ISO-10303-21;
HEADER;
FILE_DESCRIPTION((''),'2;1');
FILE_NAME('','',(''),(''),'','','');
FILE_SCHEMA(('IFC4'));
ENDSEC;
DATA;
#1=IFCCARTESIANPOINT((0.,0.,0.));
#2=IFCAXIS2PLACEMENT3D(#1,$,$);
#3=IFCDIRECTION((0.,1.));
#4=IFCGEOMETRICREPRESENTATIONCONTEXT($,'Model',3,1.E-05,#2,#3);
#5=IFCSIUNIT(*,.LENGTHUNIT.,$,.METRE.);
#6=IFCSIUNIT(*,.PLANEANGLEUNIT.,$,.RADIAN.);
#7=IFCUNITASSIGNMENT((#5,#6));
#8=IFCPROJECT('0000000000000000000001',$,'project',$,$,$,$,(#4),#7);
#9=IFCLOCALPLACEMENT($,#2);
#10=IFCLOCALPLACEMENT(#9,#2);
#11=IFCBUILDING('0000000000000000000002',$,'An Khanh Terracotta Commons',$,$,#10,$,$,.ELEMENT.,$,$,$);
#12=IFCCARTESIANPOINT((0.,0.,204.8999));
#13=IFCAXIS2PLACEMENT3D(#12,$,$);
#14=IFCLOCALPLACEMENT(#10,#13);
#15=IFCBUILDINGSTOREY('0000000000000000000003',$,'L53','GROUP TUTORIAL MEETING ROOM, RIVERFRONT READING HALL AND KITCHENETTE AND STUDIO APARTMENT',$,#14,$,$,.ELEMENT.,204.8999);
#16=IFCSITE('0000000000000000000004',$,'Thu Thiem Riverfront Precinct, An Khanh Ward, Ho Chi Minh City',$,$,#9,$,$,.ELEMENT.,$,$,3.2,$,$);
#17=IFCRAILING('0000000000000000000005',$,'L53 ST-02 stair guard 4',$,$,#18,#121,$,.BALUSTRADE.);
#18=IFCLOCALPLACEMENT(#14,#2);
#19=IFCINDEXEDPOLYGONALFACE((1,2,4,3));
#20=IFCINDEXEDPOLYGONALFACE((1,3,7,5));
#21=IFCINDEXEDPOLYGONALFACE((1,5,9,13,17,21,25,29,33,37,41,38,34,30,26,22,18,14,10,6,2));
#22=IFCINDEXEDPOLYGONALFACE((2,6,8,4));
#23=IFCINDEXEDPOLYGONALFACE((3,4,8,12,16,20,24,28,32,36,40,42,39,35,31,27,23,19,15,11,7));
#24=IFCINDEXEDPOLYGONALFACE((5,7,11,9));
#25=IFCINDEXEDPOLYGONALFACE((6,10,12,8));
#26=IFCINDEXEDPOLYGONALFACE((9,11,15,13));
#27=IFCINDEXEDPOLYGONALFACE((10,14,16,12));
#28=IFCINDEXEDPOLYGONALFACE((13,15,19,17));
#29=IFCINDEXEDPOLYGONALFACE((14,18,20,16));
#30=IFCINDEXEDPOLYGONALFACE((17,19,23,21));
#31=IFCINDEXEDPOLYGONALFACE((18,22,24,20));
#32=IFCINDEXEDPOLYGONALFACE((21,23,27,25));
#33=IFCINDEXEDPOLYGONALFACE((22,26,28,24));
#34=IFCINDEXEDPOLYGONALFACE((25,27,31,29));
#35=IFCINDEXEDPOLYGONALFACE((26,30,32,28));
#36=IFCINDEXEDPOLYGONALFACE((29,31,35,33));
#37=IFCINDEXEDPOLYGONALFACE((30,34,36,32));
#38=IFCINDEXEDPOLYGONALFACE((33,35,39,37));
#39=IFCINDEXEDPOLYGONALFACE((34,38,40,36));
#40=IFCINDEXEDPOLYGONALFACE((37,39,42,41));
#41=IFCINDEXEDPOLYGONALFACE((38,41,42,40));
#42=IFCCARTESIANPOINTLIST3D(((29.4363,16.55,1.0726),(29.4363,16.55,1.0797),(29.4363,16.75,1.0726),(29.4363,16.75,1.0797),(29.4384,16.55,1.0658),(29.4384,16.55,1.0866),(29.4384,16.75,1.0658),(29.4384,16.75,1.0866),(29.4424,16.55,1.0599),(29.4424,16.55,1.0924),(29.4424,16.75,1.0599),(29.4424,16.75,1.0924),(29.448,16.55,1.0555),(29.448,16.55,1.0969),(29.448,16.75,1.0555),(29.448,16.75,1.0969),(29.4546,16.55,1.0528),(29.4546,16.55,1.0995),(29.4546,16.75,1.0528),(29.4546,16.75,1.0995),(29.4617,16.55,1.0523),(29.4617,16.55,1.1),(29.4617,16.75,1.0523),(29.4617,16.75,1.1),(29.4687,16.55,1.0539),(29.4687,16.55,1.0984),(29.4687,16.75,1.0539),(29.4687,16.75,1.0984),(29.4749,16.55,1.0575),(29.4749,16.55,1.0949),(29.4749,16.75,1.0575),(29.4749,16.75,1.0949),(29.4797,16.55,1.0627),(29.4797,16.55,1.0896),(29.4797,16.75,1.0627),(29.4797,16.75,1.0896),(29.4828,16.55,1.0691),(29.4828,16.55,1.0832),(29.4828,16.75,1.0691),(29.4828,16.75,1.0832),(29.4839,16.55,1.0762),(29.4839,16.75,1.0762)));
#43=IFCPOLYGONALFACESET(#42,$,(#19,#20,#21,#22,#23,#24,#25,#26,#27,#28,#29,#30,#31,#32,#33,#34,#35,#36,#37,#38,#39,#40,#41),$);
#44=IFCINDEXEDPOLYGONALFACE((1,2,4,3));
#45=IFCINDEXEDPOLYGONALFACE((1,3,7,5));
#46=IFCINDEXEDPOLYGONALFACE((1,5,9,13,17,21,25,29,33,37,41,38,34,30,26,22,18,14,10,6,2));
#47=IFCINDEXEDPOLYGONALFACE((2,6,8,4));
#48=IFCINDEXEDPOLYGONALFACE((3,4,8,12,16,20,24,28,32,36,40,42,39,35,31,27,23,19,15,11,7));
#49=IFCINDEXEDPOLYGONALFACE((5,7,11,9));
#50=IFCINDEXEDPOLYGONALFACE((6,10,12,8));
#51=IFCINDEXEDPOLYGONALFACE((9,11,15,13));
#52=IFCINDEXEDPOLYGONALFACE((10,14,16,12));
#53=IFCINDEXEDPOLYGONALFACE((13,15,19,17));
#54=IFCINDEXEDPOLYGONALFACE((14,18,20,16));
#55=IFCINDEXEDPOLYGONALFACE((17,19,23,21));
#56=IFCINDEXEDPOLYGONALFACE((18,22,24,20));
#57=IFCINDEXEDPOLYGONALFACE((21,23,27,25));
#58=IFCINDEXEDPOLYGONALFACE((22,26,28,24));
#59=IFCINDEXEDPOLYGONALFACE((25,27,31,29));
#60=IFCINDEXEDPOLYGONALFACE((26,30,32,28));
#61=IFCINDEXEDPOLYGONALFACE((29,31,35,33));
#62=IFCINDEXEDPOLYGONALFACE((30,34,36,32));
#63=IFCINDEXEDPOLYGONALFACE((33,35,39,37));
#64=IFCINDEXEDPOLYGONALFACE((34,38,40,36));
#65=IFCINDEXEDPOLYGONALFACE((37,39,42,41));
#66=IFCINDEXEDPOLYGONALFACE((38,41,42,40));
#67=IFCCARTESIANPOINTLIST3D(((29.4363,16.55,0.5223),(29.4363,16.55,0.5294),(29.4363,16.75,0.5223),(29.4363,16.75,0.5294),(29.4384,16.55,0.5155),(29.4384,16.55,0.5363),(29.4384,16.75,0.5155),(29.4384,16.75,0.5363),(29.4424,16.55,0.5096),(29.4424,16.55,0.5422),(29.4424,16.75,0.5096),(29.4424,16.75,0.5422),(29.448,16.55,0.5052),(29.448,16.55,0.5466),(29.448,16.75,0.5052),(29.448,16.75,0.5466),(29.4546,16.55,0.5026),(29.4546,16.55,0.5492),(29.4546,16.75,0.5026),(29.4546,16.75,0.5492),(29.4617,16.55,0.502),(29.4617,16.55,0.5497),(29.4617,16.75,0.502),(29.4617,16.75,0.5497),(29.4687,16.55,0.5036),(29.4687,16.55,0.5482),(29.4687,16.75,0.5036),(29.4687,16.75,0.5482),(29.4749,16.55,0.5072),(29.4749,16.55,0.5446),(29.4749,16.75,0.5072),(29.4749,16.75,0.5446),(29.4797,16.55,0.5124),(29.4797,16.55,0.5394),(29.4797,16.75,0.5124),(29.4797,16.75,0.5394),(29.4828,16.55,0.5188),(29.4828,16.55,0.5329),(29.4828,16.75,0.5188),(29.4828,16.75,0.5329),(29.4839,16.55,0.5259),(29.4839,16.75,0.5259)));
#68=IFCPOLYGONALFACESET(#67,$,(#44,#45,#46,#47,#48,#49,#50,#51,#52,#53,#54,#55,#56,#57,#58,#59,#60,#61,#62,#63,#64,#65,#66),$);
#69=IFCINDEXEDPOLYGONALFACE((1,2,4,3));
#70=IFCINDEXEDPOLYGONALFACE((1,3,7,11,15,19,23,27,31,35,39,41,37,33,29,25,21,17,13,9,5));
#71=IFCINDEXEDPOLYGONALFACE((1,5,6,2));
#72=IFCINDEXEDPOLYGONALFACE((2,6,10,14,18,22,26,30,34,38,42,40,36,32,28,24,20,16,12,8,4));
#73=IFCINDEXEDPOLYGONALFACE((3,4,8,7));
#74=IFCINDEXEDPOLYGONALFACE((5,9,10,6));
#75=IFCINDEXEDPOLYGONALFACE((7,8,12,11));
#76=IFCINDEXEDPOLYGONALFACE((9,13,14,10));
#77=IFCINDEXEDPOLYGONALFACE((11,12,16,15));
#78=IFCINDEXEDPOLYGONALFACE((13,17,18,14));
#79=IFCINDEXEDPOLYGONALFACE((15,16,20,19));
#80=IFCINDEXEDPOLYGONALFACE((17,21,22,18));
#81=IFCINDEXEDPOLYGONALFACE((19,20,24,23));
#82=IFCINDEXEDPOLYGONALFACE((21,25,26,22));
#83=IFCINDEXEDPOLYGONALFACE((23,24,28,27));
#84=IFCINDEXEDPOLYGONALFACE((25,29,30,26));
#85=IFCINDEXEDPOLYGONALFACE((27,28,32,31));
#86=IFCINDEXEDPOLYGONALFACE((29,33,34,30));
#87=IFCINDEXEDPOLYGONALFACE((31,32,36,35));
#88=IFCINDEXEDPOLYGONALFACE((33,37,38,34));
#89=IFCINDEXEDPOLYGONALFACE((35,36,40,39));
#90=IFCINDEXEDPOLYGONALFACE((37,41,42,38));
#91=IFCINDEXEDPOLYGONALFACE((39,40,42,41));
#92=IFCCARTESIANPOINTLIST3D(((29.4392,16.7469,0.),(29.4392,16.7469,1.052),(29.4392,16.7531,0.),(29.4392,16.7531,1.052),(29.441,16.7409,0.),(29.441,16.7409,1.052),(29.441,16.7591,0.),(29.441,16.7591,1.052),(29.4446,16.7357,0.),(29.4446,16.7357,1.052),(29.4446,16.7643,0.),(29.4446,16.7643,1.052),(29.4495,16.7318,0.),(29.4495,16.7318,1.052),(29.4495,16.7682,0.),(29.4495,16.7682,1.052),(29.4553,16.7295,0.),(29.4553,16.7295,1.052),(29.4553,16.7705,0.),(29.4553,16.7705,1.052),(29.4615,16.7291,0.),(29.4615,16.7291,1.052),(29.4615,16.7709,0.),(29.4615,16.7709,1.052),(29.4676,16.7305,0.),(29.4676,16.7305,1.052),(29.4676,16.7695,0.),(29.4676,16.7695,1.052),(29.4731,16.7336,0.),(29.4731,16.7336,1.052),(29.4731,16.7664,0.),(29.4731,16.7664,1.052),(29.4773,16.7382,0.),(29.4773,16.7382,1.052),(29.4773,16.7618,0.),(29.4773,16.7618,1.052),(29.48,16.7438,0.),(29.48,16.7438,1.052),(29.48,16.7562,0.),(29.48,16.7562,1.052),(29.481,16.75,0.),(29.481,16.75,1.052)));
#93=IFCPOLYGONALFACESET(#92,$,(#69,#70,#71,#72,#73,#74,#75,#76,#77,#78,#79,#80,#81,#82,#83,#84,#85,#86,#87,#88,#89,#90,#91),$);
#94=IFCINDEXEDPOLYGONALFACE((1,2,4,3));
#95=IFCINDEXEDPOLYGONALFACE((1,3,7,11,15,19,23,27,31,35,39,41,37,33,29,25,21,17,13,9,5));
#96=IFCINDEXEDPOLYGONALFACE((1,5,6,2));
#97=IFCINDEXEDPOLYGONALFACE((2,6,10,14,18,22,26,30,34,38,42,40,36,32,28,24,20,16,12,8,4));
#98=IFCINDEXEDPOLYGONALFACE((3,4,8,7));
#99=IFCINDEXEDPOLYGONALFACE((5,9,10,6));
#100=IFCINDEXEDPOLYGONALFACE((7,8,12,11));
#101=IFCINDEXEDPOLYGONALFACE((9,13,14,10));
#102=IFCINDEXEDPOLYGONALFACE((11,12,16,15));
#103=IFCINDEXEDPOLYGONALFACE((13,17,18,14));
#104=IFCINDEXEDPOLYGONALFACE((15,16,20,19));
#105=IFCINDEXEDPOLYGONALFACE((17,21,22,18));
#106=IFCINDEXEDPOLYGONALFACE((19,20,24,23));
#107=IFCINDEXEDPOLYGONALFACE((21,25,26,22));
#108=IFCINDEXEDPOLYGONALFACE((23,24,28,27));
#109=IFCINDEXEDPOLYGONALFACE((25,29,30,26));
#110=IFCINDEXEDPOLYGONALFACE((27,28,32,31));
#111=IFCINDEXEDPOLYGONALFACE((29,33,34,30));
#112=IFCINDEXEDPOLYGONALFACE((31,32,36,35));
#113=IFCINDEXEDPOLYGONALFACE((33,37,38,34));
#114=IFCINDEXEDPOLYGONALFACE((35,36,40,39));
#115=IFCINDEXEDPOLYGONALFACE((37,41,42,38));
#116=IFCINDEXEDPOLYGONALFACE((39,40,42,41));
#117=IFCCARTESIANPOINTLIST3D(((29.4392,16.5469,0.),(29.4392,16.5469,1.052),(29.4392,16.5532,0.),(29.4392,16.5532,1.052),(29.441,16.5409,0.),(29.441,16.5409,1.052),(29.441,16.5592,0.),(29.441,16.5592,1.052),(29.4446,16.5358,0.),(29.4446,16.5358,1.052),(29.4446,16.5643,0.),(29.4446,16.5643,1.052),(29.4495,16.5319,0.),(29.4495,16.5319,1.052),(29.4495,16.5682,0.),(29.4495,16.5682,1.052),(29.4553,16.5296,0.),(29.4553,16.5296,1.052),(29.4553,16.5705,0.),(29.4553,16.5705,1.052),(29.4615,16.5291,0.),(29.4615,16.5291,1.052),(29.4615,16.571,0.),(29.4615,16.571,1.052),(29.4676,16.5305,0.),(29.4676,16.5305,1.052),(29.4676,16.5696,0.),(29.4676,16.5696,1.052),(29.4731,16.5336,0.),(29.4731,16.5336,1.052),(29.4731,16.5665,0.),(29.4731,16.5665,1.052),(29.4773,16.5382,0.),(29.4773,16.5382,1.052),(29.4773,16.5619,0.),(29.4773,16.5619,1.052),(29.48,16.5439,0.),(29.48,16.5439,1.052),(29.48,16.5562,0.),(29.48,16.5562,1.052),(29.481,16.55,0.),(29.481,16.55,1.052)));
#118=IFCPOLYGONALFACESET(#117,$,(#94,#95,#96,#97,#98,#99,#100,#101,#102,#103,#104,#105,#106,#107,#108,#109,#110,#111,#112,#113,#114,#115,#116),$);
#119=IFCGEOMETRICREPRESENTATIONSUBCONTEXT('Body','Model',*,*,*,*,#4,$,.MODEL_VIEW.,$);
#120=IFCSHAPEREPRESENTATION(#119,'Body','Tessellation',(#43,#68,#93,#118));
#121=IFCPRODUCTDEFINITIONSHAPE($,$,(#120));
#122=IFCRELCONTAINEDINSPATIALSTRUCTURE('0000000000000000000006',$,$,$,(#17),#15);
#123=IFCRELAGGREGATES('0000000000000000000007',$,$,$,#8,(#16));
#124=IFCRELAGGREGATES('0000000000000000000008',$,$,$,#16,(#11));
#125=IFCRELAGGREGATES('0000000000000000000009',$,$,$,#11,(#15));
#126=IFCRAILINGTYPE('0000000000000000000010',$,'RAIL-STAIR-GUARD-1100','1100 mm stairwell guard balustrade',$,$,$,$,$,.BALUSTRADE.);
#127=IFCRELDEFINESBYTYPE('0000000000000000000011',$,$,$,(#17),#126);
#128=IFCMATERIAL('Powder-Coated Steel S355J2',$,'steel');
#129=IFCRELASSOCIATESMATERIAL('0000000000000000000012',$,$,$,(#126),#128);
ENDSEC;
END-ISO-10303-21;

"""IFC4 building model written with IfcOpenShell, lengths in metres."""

from ifc_helpers import new_model, si_unit, direction, frame, origin, origin_2d, place, context, subcontext, project, spatial, circle, extrude, material, type_object, element, save


model = new_model("IFC4")

# Units and contexts
model_context = context("Model", 3, precision=1e-05, world=origin(), true_north=direction((0.0, 1.0)))
body_context = subcontext(model_context, "Body", "Model", "MODEL_VIEW")
ifc_project = project(units=[si_unit("LENGTHUNIT", "METRE"), si_unit("PLANEANGLEUNIT", "RADIAN")], contexts=[model_context])

# Site, building, storey
site_placement = place(None, origin())
site = spatial("IfcSite", under=ifc_project, at=site_placement, Name="Thu Thiem Riverfront Precinct, An Khanh Ward, Ho Chi Minh City", CompositionType="ELEMENT", RefElevation=3.2)
building_placement = place(site_placement, origin())
building = spatial("IfcBuilding", under=site, at=building_placement, Name="An Khanh Terracotta Commons", CompositionType="ELEMENT")
storey_placement = place(building_placement, frame((0.0, 0.0, 204.8999)))
storey = spatial("IfcBuildingStorey", under=building, at=storey_placement, Name="L53", Description="GROUP TUTORIAL MEETING ROOM, RIVERFRONT READING HALL AND KITCHENETTE AND STUDIO APARTMENT", CompositionType="ELEMENT", Elevation=204.8999)

# Railing
ifc_material_1 = material(Name="Powder-Coated Steel S355J2", Category="steel")
railing_type = type_object("IfcRailingType", Name="RAIL-STAIR-GUARD-1100", Description="1100 mm stairwell guard balustrade", PredefinedType="BALUSTRADE", material=ifc_material_1)
railing_1_placement = place(storey_placement, frame((29.46, 16.75, 0.0)))
element("IfcRailing", 1, at=railing_1_placement, inside=storey, type_object=railing_type, Name="L53 ST-02 stair guard 4", PredefinedType="BALUSTRADE", context=body_context, shape_type="SweptSolid", body=[
    extrude(circle(Radius=0.0239, at=origin_2d()), frame((0.0, 0.0, 1.0762), z_axis=(0.0, -1.0, 0.0), x_axis=(1.0, 0.0, 0.0)), (0.0, 0.0, 1.0), 0.2),
    extrude(circle(Radius=0.0239, at=origin_2d()), frame((0.0, 0.0, 0.5259), z_axis=(0.0, -1.0, 0.0), x_axis=(1.0, 0.0, 0.0)), (0.0, 0.0, 1.0), 0.2),
    extrude(circle(Radius=0.021, at=origin_2d()), origin(), (0.0, 0.0, 1.0), 1.052),
    extrude(circle(Radius=0.021, at=origin_2d()), frame((0.0, -0.2, 0.0)), (0.0, 0.0, 1.0), 1.052),
])

save(model, "model.ifc")
